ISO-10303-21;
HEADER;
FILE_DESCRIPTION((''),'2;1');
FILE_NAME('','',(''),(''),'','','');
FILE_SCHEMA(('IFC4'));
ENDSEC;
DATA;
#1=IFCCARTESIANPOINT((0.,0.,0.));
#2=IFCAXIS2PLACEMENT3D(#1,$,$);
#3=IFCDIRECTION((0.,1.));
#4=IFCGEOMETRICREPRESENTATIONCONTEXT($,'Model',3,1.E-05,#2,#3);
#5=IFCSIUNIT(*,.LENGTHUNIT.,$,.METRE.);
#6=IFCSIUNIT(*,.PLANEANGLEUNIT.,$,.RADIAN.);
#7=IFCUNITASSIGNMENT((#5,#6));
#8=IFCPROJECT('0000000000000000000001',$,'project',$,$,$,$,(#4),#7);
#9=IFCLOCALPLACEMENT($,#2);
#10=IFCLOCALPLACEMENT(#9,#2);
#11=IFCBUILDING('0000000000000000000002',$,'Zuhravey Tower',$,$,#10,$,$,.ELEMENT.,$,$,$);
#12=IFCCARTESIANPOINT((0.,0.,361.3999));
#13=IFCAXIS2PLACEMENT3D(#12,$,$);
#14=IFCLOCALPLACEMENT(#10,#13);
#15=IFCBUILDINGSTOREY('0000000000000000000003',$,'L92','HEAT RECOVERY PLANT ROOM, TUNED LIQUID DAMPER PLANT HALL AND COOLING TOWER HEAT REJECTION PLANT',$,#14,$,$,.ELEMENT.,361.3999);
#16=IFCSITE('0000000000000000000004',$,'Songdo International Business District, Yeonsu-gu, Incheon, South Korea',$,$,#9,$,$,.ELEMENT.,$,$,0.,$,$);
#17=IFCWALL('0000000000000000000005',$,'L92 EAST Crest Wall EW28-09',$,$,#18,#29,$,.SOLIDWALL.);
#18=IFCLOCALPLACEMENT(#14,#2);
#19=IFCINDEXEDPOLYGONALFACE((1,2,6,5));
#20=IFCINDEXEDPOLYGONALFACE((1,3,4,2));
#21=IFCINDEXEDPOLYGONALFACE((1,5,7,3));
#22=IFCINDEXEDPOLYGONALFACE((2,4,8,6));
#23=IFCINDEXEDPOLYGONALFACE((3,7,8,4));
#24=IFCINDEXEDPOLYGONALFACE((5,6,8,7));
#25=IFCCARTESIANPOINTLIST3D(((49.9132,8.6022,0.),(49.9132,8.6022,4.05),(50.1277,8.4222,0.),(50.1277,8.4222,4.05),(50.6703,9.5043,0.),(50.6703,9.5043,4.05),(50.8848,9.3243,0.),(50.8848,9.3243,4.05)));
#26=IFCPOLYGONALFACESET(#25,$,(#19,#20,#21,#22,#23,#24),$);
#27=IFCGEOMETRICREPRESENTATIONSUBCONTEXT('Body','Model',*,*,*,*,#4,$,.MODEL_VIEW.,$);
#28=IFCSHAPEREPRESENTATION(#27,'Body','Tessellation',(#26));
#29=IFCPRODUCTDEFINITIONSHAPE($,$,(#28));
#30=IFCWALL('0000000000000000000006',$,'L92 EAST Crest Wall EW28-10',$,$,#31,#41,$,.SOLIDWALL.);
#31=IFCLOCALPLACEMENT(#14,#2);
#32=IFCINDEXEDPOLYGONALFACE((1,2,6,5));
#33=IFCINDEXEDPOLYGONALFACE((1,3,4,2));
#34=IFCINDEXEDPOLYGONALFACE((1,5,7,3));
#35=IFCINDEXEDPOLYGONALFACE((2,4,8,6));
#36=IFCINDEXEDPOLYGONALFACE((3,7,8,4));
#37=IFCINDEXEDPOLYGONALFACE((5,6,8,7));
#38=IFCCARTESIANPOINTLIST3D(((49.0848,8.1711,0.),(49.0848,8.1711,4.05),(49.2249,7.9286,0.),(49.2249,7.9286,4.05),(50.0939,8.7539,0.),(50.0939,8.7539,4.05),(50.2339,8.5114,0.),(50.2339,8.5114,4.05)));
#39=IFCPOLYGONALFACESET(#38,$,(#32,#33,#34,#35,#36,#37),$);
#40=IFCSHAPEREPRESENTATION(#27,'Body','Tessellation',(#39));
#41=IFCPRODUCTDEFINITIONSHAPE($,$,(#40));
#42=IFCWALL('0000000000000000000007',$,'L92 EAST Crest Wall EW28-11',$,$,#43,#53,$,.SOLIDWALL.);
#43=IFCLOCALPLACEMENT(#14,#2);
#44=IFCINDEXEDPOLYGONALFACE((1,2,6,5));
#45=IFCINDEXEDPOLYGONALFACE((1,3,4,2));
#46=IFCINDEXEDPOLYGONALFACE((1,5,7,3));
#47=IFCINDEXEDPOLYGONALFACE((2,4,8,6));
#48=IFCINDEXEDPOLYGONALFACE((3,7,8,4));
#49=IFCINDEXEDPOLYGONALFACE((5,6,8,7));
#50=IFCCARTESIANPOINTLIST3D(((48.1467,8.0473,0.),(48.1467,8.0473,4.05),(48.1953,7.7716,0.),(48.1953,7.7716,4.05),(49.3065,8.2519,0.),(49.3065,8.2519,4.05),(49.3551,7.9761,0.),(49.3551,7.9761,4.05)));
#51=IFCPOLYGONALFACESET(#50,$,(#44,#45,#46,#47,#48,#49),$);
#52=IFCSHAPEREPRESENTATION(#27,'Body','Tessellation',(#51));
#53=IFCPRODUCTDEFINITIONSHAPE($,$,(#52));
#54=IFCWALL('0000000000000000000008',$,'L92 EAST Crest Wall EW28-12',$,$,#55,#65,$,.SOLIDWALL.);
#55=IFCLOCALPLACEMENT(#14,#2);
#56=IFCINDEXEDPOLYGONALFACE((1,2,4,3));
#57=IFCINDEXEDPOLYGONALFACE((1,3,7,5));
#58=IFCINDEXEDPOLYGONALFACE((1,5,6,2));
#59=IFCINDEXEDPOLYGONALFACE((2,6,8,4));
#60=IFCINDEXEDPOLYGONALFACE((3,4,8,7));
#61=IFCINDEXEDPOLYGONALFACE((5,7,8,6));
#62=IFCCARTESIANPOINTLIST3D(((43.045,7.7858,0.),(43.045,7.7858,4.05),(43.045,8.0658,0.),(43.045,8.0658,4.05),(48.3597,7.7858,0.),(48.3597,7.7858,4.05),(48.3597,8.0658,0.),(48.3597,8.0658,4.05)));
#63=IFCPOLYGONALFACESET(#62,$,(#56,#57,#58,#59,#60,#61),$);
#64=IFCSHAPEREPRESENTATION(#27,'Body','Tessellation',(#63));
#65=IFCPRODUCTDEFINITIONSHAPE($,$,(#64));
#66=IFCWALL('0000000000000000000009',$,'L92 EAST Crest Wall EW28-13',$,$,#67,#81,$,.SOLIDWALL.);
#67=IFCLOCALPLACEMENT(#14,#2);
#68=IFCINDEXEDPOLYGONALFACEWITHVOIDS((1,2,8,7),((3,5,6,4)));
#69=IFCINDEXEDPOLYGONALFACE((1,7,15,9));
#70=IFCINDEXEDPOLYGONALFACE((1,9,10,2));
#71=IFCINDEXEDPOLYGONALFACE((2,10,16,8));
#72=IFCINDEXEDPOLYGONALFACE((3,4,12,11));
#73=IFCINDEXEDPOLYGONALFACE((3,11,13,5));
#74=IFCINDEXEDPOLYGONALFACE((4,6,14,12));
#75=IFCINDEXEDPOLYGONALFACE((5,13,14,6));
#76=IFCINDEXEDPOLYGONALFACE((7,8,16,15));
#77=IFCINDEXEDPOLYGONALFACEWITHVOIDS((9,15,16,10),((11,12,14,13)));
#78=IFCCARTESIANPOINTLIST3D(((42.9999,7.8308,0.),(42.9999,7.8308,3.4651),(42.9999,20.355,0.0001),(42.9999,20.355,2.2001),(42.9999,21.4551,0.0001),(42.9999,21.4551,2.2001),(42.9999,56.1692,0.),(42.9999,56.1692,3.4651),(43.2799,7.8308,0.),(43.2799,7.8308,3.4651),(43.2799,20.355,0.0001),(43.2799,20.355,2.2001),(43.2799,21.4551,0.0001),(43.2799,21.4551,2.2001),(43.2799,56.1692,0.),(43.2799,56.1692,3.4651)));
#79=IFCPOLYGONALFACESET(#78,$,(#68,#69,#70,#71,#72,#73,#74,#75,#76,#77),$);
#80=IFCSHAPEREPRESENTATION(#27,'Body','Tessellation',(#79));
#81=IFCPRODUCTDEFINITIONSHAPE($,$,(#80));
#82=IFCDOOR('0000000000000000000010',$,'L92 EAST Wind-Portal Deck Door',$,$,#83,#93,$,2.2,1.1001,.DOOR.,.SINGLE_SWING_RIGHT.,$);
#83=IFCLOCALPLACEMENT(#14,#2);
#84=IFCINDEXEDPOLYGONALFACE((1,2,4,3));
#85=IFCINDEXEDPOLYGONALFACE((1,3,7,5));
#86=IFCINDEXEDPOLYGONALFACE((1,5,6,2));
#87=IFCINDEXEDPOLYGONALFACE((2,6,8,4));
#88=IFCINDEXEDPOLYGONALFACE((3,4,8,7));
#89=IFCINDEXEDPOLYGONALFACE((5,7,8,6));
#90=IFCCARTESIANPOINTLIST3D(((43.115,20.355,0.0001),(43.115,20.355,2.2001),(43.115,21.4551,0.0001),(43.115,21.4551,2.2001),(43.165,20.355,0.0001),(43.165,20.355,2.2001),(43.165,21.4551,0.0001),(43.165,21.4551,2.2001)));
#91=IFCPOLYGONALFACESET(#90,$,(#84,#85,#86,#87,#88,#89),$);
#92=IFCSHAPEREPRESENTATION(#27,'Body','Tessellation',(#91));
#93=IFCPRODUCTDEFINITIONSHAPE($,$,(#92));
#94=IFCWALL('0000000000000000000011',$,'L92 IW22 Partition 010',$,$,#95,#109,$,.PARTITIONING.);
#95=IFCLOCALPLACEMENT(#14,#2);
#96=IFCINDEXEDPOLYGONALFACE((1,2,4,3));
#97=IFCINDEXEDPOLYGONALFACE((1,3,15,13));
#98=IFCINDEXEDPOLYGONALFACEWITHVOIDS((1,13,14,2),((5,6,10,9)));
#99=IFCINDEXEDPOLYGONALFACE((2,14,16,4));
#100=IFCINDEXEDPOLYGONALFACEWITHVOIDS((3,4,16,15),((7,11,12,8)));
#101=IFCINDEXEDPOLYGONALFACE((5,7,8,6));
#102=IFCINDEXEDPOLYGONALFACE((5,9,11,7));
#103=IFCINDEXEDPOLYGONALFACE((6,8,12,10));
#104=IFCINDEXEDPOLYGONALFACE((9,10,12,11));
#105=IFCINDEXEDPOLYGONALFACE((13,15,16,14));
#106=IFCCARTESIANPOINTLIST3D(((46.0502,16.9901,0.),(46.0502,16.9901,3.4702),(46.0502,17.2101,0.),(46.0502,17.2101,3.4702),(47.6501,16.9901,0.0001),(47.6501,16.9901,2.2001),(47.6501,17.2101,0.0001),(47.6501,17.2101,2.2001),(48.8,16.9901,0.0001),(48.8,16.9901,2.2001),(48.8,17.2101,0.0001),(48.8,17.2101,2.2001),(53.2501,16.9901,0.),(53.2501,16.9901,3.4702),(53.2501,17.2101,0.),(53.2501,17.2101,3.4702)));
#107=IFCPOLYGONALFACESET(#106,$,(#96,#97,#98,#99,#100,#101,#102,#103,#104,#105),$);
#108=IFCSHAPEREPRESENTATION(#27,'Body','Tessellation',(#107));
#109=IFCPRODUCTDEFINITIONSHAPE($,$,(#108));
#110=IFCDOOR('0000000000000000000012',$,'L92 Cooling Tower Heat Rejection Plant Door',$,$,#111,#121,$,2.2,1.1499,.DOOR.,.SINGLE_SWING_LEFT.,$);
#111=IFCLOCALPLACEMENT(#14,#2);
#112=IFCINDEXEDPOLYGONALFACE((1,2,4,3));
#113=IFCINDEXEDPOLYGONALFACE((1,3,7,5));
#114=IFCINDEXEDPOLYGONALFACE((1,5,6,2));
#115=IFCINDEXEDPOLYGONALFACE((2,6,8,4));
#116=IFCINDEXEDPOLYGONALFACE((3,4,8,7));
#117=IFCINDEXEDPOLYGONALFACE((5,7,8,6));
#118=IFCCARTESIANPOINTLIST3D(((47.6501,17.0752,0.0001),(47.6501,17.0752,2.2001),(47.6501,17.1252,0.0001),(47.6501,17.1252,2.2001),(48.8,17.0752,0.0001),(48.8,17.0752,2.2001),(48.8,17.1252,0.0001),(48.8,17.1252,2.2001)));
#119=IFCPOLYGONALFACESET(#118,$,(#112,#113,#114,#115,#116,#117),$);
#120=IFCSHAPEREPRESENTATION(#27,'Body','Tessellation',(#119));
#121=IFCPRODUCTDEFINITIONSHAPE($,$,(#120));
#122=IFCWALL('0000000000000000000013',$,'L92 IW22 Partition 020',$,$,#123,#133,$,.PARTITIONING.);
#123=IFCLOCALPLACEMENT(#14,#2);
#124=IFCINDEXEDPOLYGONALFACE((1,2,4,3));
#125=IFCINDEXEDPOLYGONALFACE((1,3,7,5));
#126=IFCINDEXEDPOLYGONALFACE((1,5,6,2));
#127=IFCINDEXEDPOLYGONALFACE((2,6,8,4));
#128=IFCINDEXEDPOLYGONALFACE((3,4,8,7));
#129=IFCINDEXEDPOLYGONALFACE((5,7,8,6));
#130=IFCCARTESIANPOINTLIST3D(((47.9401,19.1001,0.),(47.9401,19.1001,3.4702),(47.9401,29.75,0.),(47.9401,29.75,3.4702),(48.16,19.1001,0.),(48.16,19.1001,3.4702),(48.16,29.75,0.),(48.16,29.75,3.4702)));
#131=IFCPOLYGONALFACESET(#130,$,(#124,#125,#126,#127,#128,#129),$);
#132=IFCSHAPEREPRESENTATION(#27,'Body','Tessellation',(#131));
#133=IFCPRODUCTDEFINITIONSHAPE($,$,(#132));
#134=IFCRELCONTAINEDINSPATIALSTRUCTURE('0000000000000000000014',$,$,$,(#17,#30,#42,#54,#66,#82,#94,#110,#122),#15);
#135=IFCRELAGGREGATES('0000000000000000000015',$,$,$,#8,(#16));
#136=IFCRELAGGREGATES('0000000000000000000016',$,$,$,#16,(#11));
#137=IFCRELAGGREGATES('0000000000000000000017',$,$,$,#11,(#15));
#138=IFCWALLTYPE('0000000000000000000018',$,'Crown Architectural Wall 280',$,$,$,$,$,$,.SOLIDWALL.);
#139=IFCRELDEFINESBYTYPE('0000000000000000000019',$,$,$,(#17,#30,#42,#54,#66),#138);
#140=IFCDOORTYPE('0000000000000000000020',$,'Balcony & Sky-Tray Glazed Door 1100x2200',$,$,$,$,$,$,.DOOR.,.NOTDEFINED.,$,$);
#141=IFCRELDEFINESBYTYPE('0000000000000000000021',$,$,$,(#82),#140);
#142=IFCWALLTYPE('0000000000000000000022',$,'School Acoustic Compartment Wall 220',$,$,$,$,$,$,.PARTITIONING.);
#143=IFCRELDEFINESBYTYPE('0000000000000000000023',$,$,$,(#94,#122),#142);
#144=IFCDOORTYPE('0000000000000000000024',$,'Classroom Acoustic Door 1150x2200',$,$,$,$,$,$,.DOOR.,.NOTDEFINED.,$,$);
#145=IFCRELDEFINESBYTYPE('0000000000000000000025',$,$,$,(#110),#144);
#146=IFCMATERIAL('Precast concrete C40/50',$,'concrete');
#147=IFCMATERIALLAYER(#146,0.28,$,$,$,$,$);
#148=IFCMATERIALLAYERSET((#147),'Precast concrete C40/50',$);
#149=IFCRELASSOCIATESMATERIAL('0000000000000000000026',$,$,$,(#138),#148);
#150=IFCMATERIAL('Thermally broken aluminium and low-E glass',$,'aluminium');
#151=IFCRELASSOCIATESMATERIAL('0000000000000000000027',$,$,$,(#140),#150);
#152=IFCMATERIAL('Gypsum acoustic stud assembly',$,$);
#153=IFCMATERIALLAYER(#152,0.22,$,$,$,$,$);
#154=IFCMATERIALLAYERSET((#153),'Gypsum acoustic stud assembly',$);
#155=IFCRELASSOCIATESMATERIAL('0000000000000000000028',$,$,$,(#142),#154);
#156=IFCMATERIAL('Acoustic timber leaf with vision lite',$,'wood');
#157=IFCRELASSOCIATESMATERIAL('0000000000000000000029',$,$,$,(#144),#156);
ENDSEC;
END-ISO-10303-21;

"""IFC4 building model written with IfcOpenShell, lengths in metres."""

from ifc_helpers import new_model, si_unit, direction, frame, frame_2d, origin, place, context, subcontext, project, spatial, rectangle, extrude, material, layer, layer_set, type_object, element, fill, save


model = new_model("IFC4")

# Units and contexts
model_context = context("Model", 3, precision=1e-05, world=origin(), true_north=direction((0.0, 1.0)))
body_context = subcontext(model_context, "Body", "Model", "MODEL_VIEW")
ifc_project = project(units=[si_unit("LENGTHUNIT", "METRE"), si_unit("PLANEANGLEUNIT", "RADIAN")], contexts=[model_context])

# Site, building, storey
site_placement = place(None, origin())
site = spatial("IfcSite", under=ifc_project, at=site_placement, Name="Songdo International Business District, Yeonsu-gu, Incheon, South Korea", CompositionType="ELEMENT", RefElevation=0.0)
building_placement = place(site_placement, origin())
building = spatial("IfcBuilding", under=site, at=building_placement, Name="Zuhravey Tower", CompositionType="ELEMENT")
storey_placement = place(building_placement, frame((0.0, 0.0, 361.3999)))
storey = spatial("IfcBuildingStorey", under=building, at=storey_placement, Name="L92", Description="HEAT RECOVERY PLANT ROOM, TUNED LIQUID DAMPER PLANT HALL AND COOLING TOWER HEAT REJECTION PLANT", CompositionType="ELEMENT", Elevation=361.3999)

# Walls
ifc_material_1 = material(Name="Precast concrete C40/50", Category="concrete")
ifc_layer_1 = layer(ifc_material_1, 0.28)
ifc_layer_set_1 = layer_set([ifc_layer_1], Name="Precast concrete C40/50")
wall_type_1 = type_object("IfcWallType", Name="Crown Architectural Wall 280", PredefinedType="SOLIDWALL", material=ifc_layer_set_1)
wall_1_placement = place(storey_placement, frame((50.7776, 9.4143, 0.0), z_axis=(0.0, 0.0, 1.0), x_axis=(-0.642852, -0.765991, 0.0)))
element("IfcWall", 1, at=wall_1_placement, inside=storey, type_object=wall_type_1, Name="L92 EAST Crest Wall EW28-09", PredefinedType="SOLIDWALL", context=body_context, shape_type="SweptSolid", body=[
    extrude(rectangle(XDim=1.1777, YDim=0.28, at=frame_2d((0.5889, 0.0))), origin(), (0.0, 0.0, 1.0), 4.05),
])
wall_2_placement = place(storey_placement, frame((50.1638, 8.6326, 0.0), z_axis=(0.0, 0.0, 1.0), x_axis=(-0.865952, -0.500127, 0.0)))
element("IfcWall", 2, at=wall_2_placement, inside=storey, type_object=wall_type_1, Name="L92 EAST Crest Wall EW28-10", PredefinedType="SOLIDWALL", context=body_context, shape_type="SweptSolid", body=[
    extrude(rectangle(XDim=1.1653, YDim=0.28, at=frame_2d((0.5825, 0.0))), origin(), (0.0, 0.0, 1.0), 4.05),
])
wall_3_placement = place(storey_placement, frame((49.3308, 8.114, 0.0), z_axis=(0.0, 0.0, 1.0), x_axis=(-0.984798, -0.173703, 0.0)))
element("IfcWall", 3, at=wall_3_placement, inside=storey, type_object=wall_type_1, Name="L92 EAST Crest Wall EW28-11", PredefinedType="SOLIDWALL", context=body_context, shape_type="SweptSolid", body=[
    extrude(rectangle(XDim=1.1777, YDim=0.28, at=frame_2d((0.5889, 0.0))), origin(), (0.0, 0.0, 1.0), 4.05),
])
wall_4_placement = place(storey_placement, frame((48.3596, 7.9258, 0.0), z_axis=(0.0, 0.0, 1.0), x_axis=(-1.0, 0.0, 0.0)))
element("IfcWall", 4, at=wall_4_placement, inside=storey, type_object=wall_type_1, Name="L92 EAST Crest Wall EW28-12", PredefinedType="SOLIDWALL", context=body_context, shape_type="SweptSolid", body=[
    extrude(rectangle(XDim=5.3147, YDim=0.28, at=frame_2d((2.6572, 0.0))), origin(), (0.0, 0.0, 1.0), 4.05),
])

# Walls, openings, doors
wall_5_placement = place(storey_placement, frame((43.1399, 7.8308, 0.0), z_axis=(0.0, 0.0, 1.0), x_axis=(0.0, 1.0, 0.0)))
wall_5 = element("IfcWall", 5, at=wall_5_placement, inside=storey, type_object=wall_type_1, Name="L92 EAST Crest Wall EW28-13", PredefinedType="SOLIDWALL", context=body_context, shape_type="SweptSolid", body=[
    extrude(rectangle(XDim=48.3384, YDim=0.28, at=frame_2d((24.1692, 0.0))), origin(), (0.0, 0.0, 1.0), 3.4651),
])
opening_1_placement = place(wall_5_placement, frame((12.5242, 0.0, 0.0)))
opening_1 = element("IfcOpeningElement", 6, at=opening_1_placement, cuts=wall_5, PredefinedType="OPENING", context=body_context, shape_type="SweptSolid", body=[
    extrude(rectangle(XDim=1.1001, YDim=2.2, at=frame_2d((0.55, 1.1001))), frame((0.0, 0.1521, 0.0), z_axis=(0.0, -1.0, 0.0), x_axis=(1.0, 0.0, 0.0)), (0.0, 0.0, 1.0), 0.304),
])
ifc_material_2 = material(Name="Thermally broken aluminium and low-E glass", Category="aluminium")
door_type_1 = type_object("IfcDoorType", Name="Balcony & Sky-Tray Glazed Door 1100x2200", OperationType="NOTDEFINED", PredefinedType="DOOR", material=ifc_material_2)
door_1_placement = place(opening_1_placement, origin())
door_1 = element("IfcDoor", 7, at=door_1_placement, inside=storey, type_object=door_type_1, Name="L92 EAST Wind-Portal Deck Door", OperationType="SINGLE_SWING_RIGHT", OverallHeight=2.2, OverallWidth=1.1001, PredefinedType="DOOR", context=body_context, shape_type="SweptSolid", body=[
    extrude(rectangle(XDim=1.1001, YDim=2.2, at=frame_2d((0.55, 1.1001))), frame((0.0, 0.0249, 0.0), z_axis=(0.0, -1.0, 0.0), x_axis=(1.0, 0.0, 0.0)), (0.0, 0.0, 1.0), 0.05),
])
fill(opening_1, door_1)
ifc_material_3 = material(Name="Gypsum acoustic stud assembly")
ifc_layer_2 = layer(ifc_material_3, 0.22)
ifc_layer_set_2 = layer_set([ifc_layer_2], Name="Gypsum acoustic stud assembly")
wall_type_2 = type_object("IfcWallType", Name="School Acoustic Compartment Wall 220", PredefinedType="PARTITIONING", material=ifc_layer_set_2)
wall_6_placement = place(storey_placement, frame((46.05, 17.1001, 0.0), z_axis=(0.0, 0.0, 1.0), x_axis=(1.0, 0.0, 0.0)))
wall_6 = element("IfcWall", 8, at=wall_6_placement, inside=storey, type_object=wall_type_2, Name="L92 IW22 Partition 010", PredefinedType="PARTITIONING", context=body_context, shape_type="SweptSolid", body=[
    extrude(rectangle(XDim=7.2, YDim=0.22, at=frame_2d((3.6001, 0.0))), origin(), (0.0, 0.0, 1.0), 3.4702),
])
opening_2_placement = place(wall_6_placement, frame((1.6001, 0.0, 0.0)))
opening_2 = element("IfcOpeningElement", 9, at=opening_2_placement, cuts=wall_6, PredefinedType="OPENING", context=body_context, shape_type="SweptSolid", body=[
    extrude(rectangle(XDim=1.1499, YDim=2.2, at=frame_2d((0.575, 1.1001))), frame((0.0, 0.1221, 0.0), z_axis=(0.0, -1.0, 0.0), x_axis=(1.0, 0.0, 0.0)), (0.0, 0.0, 1.0), 0.2439),
])
ifc_material_4 = material(Name="Acoustic timber leaf with vision lite", Category="wood")
door_type_2 = type_object("IfcDoorType", Name="Classroom Acoustic Door 1150x2200", OperationType="NOTDEFINED", PredefinedType="DOOR", material=ifc_material_4)
door_2_placement = place(opening_2_placement, frame((1.1499, 0.0, 0.0), z_axis=(0.0, 0.0, 1.0), x_axis=(-1.0, 0.0, 0.0)))
door_2 = element("IfcDoor", 10, at=door_2_placement, inside=storey, type_object=door_type_2, Name="L92 Cooling Tower Heat Rejection Plant Door", OperationType="SINGLE_SWING_LEFT", OverallHeight=2.2, OverallWidth=1.1499, PredefinedType="DOOR", context=body_context, shape_type="SweptSolid", body=[
    extrude(rectangle(XDim=1.1499, YDim=2.2, at=frame_2d((0.575, 1.1001))), frame((0.0, 0.0249, 0.0), z_axis=(0.0, -1.0, 0.0), x_axis=(1.0, 0.0, 0.0)), (0.0, 0.0, 1.0), 0.05),
])
fill(opening_2, door_2)

# Wall
wall_7_placement = place(storey_placement, frame((48.05, 19.1001, 0.0), z_axis=(0.0, 0.0, 1.0), x_axis=(0.0, 1.0, 0.0)))
element("IfcWall", 11, at=wall_7_placement, inside=storey, type_object=wall_type_2, Name="L92 IW22 Partition 020", PredefinedType="PARTITIONING", context=body_context, shape_type="SweptSolid", body=[
    extrude(rectangle(XDim=10.6499, YDim=0.22, at=frame_2d((5.325, 0.0))), origin(), (0.0, 0.0, 1.0), 3.4702),
])

save(model, "model.ifc")
